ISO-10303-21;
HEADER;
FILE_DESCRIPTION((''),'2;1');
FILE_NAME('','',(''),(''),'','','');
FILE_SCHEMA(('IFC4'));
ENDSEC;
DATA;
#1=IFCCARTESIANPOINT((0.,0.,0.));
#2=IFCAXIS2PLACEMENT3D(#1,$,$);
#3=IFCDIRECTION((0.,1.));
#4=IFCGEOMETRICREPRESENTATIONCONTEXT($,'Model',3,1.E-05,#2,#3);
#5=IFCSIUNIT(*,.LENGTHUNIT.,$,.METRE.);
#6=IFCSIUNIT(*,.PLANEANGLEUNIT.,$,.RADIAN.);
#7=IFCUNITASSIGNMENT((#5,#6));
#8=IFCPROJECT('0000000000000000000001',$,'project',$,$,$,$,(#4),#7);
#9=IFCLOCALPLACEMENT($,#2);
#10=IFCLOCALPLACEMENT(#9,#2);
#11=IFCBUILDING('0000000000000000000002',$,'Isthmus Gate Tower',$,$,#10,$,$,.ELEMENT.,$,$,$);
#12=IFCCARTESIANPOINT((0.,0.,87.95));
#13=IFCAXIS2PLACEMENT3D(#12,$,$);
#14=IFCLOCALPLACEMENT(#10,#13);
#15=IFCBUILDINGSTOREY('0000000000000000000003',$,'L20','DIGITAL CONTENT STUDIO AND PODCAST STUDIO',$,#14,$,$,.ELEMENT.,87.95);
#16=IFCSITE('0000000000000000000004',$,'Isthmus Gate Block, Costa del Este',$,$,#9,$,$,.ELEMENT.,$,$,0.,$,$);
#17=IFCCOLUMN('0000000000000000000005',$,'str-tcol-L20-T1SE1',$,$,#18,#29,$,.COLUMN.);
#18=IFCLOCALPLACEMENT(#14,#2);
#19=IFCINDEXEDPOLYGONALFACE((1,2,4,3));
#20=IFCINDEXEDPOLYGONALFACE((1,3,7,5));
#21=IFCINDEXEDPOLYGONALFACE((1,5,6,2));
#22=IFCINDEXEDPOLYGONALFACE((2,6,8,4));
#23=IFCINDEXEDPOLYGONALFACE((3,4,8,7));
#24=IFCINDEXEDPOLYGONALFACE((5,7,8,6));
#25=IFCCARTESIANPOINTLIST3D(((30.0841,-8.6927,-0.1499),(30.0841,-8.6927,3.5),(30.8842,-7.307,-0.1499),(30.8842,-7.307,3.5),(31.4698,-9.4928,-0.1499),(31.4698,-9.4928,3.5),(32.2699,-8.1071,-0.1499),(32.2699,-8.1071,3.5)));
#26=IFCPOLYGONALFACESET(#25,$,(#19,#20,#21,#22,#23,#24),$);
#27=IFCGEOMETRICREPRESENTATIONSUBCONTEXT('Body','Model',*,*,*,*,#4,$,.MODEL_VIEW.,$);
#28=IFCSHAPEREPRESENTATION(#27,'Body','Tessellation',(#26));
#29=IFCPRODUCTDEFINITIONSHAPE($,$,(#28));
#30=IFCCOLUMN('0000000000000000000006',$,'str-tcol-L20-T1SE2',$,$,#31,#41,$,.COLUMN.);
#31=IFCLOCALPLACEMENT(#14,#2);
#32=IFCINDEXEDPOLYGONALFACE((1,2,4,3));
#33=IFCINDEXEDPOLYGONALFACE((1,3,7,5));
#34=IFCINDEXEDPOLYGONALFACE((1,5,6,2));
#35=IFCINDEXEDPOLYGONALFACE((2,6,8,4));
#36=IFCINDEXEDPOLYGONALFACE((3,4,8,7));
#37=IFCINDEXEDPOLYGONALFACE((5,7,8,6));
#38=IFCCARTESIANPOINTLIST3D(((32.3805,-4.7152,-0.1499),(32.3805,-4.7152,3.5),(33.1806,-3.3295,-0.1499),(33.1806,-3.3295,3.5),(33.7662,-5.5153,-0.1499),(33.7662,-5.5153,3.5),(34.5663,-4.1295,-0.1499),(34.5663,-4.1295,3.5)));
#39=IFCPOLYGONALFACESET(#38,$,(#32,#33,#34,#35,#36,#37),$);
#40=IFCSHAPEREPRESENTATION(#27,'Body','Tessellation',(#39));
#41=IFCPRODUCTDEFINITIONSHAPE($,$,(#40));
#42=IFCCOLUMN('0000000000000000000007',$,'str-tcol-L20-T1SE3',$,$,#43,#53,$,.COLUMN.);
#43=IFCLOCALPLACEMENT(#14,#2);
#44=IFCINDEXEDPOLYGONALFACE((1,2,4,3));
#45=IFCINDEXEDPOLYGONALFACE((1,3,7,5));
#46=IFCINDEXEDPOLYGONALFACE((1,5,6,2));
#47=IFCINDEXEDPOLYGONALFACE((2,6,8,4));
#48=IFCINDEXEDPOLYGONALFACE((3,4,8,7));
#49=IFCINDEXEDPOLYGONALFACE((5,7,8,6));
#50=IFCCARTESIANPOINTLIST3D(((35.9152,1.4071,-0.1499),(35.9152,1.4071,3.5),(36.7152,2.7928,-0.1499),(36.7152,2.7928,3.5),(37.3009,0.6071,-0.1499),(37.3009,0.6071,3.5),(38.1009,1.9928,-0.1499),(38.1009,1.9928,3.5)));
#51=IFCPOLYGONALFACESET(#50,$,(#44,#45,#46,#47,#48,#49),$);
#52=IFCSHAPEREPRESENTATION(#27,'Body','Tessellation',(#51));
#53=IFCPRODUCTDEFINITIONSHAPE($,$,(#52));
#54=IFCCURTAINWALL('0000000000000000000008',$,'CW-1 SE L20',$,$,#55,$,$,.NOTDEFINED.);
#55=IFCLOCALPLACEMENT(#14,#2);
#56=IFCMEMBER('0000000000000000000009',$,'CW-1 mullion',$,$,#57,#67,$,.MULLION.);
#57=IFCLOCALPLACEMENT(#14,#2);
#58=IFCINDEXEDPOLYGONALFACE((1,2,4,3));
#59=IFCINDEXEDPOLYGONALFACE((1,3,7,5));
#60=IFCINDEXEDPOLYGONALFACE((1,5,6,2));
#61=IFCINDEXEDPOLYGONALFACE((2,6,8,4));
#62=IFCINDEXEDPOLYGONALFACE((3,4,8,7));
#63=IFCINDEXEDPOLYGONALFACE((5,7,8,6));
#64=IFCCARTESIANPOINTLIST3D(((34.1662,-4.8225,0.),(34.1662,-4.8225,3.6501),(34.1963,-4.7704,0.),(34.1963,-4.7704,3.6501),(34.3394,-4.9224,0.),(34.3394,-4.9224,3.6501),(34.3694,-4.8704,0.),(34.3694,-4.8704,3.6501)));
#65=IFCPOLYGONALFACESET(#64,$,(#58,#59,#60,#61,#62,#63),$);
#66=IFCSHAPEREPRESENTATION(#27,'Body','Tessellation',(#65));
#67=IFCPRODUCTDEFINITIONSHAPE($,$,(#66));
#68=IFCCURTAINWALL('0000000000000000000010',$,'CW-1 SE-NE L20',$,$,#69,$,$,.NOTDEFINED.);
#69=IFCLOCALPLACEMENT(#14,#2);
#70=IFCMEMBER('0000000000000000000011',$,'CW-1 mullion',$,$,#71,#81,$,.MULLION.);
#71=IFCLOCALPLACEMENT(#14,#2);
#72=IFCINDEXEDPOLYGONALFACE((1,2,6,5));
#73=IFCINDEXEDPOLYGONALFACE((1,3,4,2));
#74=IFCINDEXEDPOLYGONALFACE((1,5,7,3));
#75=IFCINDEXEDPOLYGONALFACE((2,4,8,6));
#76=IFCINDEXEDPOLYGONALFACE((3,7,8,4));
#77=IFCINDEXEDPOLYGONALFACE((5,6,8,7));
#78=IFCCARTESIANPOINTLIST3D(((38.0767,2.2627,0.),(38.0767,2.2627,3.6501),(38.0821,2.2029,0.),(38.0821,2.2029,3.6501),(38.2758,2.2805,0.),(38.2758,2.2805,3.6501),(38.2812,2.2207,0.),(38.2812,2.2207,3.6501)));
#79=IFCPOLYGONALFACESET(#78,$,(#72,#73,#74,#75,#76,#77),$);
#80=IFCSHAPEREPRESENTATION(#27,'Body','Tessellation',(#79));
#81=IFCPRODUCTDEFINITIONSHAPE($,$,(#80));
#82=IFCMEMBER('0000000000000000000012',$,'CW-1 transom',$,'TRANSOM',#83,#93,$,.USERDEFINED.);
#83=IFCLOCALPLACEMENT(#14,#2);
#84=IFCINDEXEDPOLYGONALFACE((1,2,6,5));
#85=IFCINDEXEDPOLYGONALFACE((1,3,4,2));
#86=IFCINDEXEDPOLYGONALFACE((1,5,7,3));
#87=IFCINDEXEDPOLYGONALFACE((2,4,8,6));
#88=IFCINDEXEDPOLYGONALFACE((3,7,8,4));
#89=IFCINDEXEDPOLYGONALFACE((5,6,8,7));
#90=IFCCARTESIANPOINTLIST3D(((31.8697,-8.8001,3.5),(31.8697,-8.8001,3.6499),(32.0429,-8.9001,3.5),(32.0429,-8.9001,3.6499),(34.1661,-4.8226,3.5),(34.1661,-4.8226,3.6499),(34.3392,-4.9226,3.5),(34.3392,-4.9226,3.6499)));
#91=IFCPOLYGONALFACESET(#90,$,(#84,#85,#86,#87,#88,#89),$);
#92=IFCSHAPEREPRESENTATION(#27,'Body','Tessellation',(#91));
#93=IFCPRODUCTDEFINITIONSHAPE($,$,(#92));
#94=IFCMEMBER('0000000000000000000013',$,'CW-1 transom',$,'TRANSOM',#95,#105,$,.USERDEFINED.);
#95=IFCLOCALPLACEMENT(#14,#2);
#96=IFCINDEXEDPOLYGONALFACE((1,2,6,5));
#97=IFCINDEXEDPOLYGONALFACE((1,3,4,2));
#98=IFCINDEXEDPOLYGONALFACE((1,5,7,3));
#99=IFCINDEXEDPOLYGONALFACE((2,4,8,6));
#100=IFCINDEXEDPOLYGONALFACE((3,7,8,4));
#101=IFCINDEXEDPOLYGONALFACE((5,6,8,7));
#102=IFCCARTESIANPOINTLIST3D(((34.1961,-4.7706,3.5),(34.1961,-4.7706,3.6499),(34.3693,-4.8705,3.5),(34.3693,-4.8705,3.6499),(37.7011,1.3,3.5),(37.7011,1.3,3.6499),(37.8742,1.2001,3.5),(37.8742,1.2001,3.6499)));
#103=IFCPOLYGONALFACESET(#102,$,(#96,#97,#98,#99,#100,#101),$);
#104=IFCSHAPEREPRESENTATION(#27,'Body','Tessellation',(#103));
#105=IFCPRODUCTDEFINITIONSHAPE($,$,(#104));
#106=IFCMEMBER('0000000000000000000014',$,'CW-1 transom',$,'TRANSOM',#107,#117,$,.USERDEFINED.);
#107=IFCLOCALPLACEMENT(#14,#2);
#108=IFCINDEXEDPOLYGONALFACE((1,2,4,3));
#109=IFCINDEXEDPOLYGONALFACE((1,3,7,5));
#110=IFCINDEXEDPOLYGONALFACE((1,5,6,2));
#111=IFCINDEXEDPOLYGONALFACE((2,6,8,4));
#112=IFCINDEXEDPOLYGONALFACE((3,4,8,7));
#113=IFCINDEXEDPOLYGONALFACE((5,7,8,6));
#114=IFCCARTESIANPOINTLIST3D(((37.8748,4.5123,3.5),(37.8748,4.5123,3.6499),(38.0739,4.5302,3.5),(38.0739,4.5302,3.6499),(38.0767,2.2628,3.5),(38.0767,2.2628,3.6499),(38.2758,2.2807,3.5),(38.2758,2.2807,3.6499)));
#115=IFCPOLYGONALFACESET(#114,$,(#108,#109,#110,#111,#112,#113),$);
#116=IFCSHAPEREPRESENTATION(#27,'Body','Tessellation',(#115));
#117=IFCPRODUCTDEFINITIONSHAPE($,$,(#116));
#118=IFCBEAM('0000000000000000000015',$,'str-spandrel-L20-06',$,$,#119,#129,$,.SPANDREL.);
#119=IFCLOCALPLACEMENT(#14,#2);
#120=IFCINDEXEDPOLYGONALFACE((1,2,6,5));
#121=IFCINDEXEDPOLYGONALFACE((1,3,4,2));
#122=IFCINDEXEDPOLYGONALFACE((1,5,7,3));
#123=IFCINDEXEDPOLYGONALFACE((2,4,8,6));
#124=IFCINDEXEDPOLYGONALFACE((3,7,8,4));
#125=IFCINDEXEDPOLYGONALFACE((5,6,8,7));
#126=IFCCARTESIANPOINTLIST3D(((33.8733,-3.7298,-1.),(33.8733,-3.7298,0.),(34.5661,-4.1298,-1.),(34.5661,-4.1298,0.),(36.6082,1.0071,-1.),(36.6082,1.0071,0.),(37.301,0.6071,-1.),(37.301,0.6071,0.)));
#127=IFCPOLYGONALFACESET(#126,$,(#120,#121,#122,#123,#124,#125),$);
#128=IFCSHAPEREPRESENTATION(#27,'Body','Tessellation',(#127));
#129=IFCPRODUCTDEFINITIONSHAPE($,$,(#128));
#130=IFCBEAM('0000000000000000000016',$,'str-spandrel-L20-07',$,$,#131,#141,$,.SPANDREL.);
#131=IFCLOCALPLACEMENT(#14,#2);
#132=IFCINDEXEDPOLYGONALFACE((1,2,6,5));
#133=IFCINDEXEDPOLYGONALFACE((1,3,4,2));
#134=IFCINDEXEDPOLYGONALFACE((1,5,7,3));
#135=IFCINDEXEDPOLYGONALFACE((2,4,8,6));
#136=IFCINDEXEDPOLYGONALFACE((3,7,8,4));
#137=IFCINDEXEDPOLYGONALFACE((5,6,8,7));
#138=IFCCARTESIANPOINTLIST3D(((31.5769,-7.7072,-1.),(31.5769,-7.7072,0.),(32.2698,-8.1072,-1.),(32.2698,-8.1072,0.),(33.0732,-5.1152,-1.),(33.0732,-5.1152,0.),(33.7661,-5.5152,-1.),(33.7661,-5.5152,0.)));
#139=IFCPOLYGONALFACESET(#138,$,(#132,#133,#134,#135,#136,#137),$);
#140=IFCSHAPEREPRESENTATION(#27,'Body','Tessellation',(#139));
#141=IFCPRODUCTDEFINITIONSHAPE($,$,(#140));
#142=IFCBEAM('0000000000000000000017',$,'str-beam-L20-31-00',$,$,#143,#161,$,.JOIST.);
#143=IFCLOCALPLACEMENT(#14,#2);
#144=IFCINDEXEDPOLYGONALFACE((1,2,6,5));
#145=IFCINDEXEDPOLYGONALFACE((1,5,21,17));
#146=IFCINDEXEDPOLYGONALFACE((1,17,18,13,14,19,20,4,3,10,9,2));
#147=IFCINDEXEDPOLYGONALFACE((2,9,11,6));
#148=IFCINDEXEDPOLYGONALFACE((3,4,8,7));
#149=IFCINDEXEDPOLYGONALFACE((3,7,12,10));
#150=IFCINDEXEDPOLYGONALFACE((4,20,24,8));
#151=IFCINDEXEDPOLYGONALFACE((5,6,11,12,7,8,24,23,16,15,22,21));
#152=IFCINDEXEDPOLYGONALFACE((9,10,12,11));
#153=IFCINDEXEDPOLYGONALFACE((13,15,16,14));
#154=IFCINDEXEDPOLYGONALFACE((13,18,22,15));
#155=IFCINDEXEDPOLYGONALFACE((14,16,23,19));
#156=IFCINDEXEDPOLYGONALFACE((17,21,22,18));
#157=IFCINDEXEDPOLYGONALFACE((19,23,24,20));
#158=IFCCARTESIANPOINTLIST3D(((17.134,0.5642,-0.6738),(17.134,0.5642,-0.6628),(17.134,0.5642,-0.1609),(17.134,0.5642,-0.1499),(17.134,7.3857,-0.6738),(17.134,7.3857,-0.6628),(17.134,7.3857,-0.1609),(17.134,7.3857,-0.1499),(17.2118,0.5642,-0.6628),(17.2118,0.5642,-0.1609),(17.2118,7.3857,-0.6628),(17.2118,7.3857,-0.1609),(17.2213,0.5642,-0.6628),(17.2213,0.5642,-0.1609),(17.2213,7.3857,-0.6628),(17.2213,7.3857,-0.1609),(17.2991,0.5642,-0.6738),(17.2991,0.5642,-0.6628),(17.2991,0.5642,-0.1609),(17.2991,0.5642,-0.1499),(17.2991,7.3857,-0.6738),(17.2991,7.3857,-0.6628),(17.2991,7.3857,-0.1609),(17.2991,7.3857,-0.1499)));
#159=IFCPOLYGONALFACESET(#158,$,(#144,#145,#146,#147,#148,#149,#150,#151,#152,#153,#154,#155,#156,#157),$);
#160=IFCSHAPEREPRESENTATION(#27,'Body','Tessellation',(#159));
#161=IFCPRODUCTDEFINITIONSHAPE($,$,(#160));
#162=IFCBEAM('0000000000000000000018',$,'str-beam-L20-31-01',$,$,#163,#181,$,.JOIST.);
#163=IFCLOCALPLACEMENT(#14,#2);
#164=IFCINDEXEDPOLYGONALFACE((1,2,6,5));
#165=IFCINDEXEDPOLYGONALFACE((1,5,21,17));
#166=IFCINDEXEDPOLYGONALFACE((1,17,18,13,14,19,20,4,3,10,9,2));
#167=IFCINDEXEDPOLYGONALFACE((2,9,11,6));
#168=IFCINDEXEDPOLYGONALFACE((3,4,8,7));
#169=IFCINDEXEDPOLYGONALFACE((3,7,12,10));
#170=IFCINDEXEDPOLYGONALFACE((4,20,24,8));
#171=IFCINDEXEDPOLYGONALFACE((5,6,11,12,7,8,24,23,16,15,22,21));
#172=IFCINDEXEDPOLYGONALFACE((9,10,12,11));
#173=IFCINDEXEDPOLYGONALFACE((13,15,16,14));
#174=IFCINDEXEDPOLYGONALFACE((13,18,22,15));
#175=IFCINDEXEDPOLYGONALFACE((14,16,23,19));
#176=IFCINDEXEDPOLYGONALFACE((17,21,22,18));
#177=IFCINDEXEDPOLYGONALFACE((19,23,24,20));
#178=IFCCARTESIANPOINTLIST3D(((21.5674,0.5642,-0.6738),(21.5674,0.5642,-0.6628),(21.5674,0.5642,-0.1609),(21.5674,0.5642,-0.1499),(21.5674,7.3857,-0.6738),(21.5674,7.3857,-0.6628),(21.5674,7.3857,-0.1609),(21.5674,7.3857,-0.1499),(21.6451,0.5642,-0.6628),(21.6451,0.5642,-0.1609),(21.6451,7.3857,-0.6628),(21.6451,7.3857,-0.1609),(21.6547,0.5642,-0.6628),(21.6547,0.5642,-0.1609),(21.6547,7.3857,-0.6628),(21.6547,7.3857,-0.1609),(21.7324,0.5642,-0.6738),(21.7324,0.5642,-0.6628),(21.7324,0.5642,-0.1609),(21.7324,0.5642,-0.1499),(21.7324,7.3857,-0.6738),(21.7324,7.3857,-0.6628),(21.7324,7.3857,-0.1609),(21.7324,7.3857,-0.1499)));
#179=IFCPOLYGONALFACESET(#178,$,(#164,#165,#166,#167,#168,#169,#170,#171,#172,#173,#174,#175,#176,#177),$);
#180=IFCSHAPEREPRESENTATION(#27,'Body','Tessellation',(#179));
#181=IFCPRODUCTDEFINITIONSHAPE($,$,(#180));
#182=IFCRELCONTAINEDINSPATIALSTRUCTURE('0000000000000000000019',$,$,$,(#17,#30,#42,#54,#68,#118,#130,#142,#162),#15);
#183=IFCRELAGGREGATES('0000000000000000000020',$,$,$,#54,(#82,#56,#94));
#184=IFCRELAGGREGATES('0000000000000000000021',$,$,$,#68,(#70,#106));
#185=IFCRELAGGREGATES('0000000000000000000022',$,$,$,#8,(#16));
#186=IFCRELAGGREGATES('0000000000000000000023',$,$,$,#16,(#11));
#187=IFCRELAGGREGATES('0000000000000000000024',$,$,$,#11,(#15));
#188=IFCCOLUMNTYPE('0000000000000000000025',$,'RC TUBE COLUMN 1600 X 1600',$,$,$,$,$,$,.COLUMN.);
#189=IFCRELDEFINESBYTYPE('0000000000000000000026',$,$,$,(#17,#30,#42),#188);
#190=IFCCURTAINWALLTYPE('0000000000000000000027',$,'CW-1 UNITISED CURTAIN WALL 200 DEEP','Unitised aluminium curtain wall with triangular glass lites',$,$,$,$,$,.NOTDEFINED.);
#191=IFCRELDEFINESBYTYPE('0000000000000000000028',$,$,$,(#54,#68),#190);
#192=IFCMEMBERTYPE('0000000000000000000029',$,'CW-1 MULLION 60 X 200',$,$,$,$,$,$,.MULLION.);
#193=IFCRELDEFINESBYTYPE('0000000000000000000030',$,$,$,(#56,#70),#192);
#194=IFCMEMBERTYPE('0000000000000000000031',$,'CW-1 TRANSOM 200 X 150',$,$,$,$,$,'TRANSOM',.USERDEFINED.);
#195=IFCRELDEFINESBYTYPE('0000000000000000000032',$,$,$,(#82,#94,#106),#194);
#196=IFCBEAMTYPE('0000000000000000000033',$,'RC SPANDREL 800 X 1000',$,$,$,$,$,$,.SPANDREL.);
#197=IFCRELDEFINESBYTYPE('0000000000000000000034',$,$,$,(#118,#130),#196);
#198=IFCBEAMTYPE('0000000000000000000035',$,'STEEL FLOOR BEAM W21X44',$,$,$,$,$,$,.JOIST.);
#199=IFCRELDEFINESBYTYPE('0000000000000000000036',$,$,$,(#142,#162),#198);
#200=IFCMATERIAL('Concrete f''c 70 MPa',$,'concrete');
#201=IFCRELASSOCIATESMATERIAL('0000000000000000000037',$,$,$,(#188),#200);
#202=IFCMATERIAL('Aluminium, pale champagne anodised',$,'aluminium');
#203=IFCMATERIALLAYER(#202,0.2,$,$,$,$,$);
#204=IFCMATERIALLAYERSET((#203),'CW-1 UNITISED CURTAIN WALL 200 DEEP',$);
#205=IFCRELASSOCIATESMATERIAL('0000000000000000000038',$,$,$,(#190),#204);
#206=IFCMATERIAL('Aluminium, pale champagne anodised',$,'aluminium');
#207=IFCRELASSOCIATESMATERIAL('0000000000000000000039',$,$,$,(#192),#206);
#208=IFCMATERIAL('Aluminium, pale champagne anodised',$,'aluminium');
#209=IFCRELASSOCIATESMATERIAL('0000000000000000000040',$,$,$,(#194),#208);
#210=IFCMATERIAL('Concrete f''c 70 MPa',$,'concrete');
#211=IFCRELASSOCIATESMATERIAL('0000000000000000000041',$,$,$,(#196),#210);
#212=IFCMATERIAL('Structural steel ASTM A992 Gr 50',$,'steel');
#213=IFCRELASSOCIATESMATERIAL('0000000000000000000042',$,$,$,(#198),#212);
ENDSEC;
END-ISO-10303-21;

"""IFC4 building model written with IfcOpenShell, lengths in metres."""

from ifc_helpers import new_model, si_unit, direction, frame, origin, origin_2d, place, context, subcontext, project, spatial, rectangle, i_section, extrude, material, layer, layer_set, material_profile, profile_set, type_object, element, aggregate, save


model = new_model("IFC4")

# Units and contexts
model_context = context("Model", 3, precision=1e-05, world=origin(), true_north=direction((0.0, 1.0)))
body_context = subcontext(model_context, "Body", "Model", "MODEL_VIEW")
ifc_project = project(units=[si_unit("LENGTHUNIT", "METRE"), si_unit("PLANEANGLEUNIT", "RADIAN")], contexts=[model_context])

# Site, building, storey
site_placement = place(None, origin())
site = spatial("IfcSite", under=ifc_project, at=site_placement, Name="Isthmus Gate Block, Costa del Este", CompositionType="ELEMENT", RefElevation=0.0)
building_placement = place(site_placement, origin())
building = spatial("IfcBuilding", under=site, at=building_placement, Name="Isthmus Gate Tower", CompositionType="ELEMENT")
storey_placement = place(building_placement, frame((0.0, 0.0, 87.95)))
storey = spatial("IfcBuildingStorey", under=building, at=storey_placement, Name="L20", Description="DIGITAL CONTENT STUDIO AND PODCAST STUDIO", CompositionType="ELEMENT", Elevation=87.95)

# Columns
ifc_material_1 = material(Name="Concrete f'c 70 MPa", Category="concrete")
ifc_material_profile_1 = material_profile(ifc_material_1, rectangle(XDim=1.6001, YDim=1.6001, at=origin_2d()), Name="RC 1600X1600")
ifc_profile_set_1 = profile_set([ifc_material_profile_1], Name="Concrete f'c 70 MPa")
column_type = type_object("IfcColumnType", Name="RC TUBE COLUMN 1600 X 1600", PredefinedType="COLUMN", material=ifc_profile_set_1)
for number, where, z_axis, x_axis, name in (
    (1, (31.177, -8.3999, -0.1499), (0.0, 0.0, 1.0), (0.5, 0.866025, 0.0), "str-tcol-L20-T1SE1"),
    (2, (33.4734, -4.4224, -0.1499), (0.0, 0.0, 1.0), (0.5, 0.866025, 0.0), "str-tcol-L20-T1SE2"),
    (3, (37.0081, 1.7, -0.1499), (0.0, 0.0, 1.0), (0.5, 0.866025, 0.0), "str-tcol-L20-T1SE3"),
):
    element("IfcColumn", number, at=place(storey_placement, frame(where, z_axis=z_axis, x_axis=x_axis)), inside=storey, type_object=column_type, Name=name, PredefinedType="COLUMN", context=body_context, shape_type="SweptSolid", body=[
        extrude(rectangle(XDim=1.6001, YDim=1.6001, at=origin_2d()), origin(), (0.0, 0.0, 1.0), 3.6499),
    ])

# Curtain walls, members
ifc_material_2 = material(Name="Aluminium, pale champagne anodised", Category="aluminium")
ifc_layer_1 = layer(ifc_material_2, 0.2)
ifc_layer_set_1 = layer_set([ifc_layer_1], Name="CW-1 UNITISED CURTAIN WALL 200 DEEP")
curtain_wall_type = type_object("IfcCurtainWallType", Name="CW-1 UNITISED CURTAIN WALL 200 DEEP", Description="Unitised aluminium curtain wall with triangular glass lites", PredefinedType="NOTDEFINED", material=ifc_layer_set_1)
curtain_wall_1_placement = place(storey_placement, origin())
curtain_wall_1 = element("IfcCurtainWall", 4, at=curtain_wall_1_placement, inside=storey, type_object=curtain_wall_type, Name="CW-1 SE L20", PredefinedType="NOTDEFINED")
ifc_material_3 = material(Name="Aluminium, pale champagne anodised", Category="aluminium")
ifc_material_profile_2 = material_profile(ifc_material_3, rectangle(XDim=0.0601, YDim=0.2, at=origin_2d()), Name="60x200")
ifc_profile_set_2 = profile_set([ifc_material_profile_2], Name="Aluminium, pale champagne anodised")
member_type_1 = type_object("IfcMemberType", Name="CW-1 MULLION 60 X 200", PredefinedType="MULLION", material=ifc_profile_set_2)
member_1_placement = place(storey_placement, frame((34.2678, -4.8464, 0.0), z_axis=(0.0, 0.0, 1.0), x_axis=(0.5, 0.866025, 0.0)))
member_1 = element("IfcMember", 5, at=member_1_placement, type_object=member_type_1, Name="CW-1 mullion", PredefinedType="MULLION", context=body_context, shape_type="SweptSolid", body=[
    extrude(rectangle(XDim=0.0601, YDim=0.2, at=origin_2d()), origin(), (0.0, 0.0, 1.0), 3.6501),
])
curtain_wall_2_placement = place(storey_placement, origin())
curtain_wall_2 = element("IfcCurtainWall", 6, at=curtain_wall_2_placement, inside=storey, type_object=curtain_wall_type, Name="CW-1 SE-NE L20", PredefinedType="NOTDEFINED")
member_2_placement = place(storey_placement, frame((38.179, 2.2417, 0.0), z_axis=(0.0, 0.0, 1.0), x_axis=(-0.089397, 0.995996, 0.0)))
member_2 = element("IfcMember", 7, at=member_2_placement, type_object=member_type_1, Name="CW-1 mullion", PredefinedType="MULLION", context=body_context, shape_type="SweptSolid", body=[
    extrude(rectangle(XDim=0.0601, YDim=0.2, at=origin_2d()), origin(), (0.0, 0.0, 1.0), 3.6501),
])

# Members
ifc_material_4 = material(Name="Aluminium, pale champagne anodised", Category="aluminium")
ifc_material_profile_3 = material_profile(ifc_material_4, rectangle(XDim=0.2, YDim=0.1499, at=origin_2d()), Name="200x150")
ifc_profile_set_3 = profile_set([ifc_material_profile_3], Name="Aluminium, pale champagne anodised")
member_type_2 = type_object("IfcMemberType", Name="CW-1 TRANSOM 200 X 150", ElementType="TRANSOM", PredefinedType="USERDEFINED", material=ifc_profile_set_3)
member_3_placement = place(storey_placement, frame((31.9563, -8.8501, 3.575), z_axis=(0.499992, 0.86603, 0.0), x_axis=(-0.86603, 0.499992, 0.0)))
member_3 = element("IfcMember", 8, at=member_3_placement, type_object=member_type_2, Name="CW-1 transom", ObjectType="TRANSOM", PredefinedType="USERDEFINED", context=body_context, shape_type="SweptSolid", body=[
    extrude(rectangle(XDim=0.2, YDim=0.1499, at=origin_2d()), origin(), (0.0, 0.0, 1.0), 4.5928),
])
member_4_placement = place(storey_placement, frame((34.2827, -4.8206, 3.575), z_axis=(0.500005, 0.866023, 0.0), x_axis=(-0.866023, 0.500005, 0.0)))
member_4 = element("IfcMember", 9, at=member_4_placement, type_object=member_type_2, Name="CW-1 transom", ObjectType="TRANSOM", PredefinedType="USERDEFINED", context=body_context, shape_type="SweptSolid", body=[
    extrude(rectangle(XDim=0.2, YDim=0.1499, at=origin_2d()), origin(), (0.0, 0.0, 1.0), 7.0098),
])
member_5_placement = place(storey_placement, frame((38.1763, 2.2717, 3.575), z_axis=(-0.089395, 0.995996, 0.0), x_axis=(-0.995996, -0.089395, 0.0)))
member_5 = element("IfcMember", 10, at=member_5_placement, type_object=member_type_2, Name="CW-1 transom", ObjectType="TRANSOM", PredefinedType="USERDEFINED", context=body_context, shape_type="SweptSolid", body=[
    extrude(rectangle(XDim=0.2, YDim=0.1499, at=origin_2d()), origin(), (0.0, 0.0, 1.0), 2.2585),
])

# Beams
ifc_material_5 = material(Name="Concrete f'c 70 MPa", Category="concrete")
ifc_material_profile_4 = material_profile(ifc_material_5, rectangle(XDim=0.8, YDim=1.0, at=origin_2d()), Name="RC 800X1000")
ifc_profile_set_4 = profile_set([ifc_material_profile_4], Name="Concrete f'c 70 MPa")
beam_type_1 = type_object("IfcBeamType", Name="RC SPANDREL 800 X 1000", PredefinedType="SPANDREL", material=ifc_profile_set_4)
beam_1_placement = place(storey_placement, frame((36.9546, 0.8071, -0.5), z_axis=(-0.500008, -0.866021, 0.0), x_axis=(0.866021, -0.500008, 0.0)))
element("IfcBeam", 11, at=beam_1_placement, inside=storey, type_object=beam_type_1, Name="str-spandrel-L20-06", PredefinedType="SPANDREL", context=body_context, shape_type="SweptSolid", body=[
    extrude(rectangle(XDim=0.8, YDim=1.0, at=origin_2d()), origin(), (0.0, 0.0, 1.0), 5.4697),
])
beam_2_placement = place(storey_placement, frame((33.4197, -5.3152, -0.5), z_axis=(-0.499955, -0.866051, 0.0), x_axis=(0.866051, -0.499955, 0.0)))
element("IfcBeam", 12, at=beam_2_placement, inside=storey, type_object=beam_type_1, Name="str-spandrel-L20-07", PredefinedType="SPANDREL", context=body_context, shape_type="SweptSolid", body=[
    extrude(rectangle(XDim=0.8, YDim=1.0, at=origin_2d()), origin(), (0.0, 0.0, 1.0), 2.9929),
])
ifc_material_6 = material(Name="Structural steel ASTM A992 Gr 50", Category="steel")
ifc_material_profile_5 = material_profile(ifc_material_6, i_section(OverallWidth=0.165, OverallDepth=0.5239, WebThickness=0.0095, FlangeThickness=0.011, at=origin_2d()), Name="W21X44")
ifc_profile_set_5 = profile_set([ifc_material_profile_5], Name="Structural steel ASTM A992 Gr 50")
beam_type_2 = type_object("IfcBeamType", Name="STEEL FLOOR BEAM W21X44", PredefinedType="JOIST", material=ifc_profile_set_5)
for number, where, z_axis, x_axis, name in (
    (13, (17.2166, 0.5642, -0.4119), (0.0, 1.0, 0.0), (-1.0, 0.0, 0.0), "str-beam-L20-31-00"),
    (14, (21.6499, 0.5642, -0.4119), (0.0, 1.0, 0.0), (-1.0, 0.0, 0.0), "str-beam-L20-31-01"),
):
    element("IfcBeam", number, at=place(storey_placement, frame(where, z_axis=z_axis, x_axis=x_axis)), inside=storey, type_object=beam_type_2, Name=name, PredefinedType="JOIST", context=body_context, shape_type="SweptSolid", body=[
        extrude(i_section(OverallWidth=0.165, OverallDepth=0.5239, WebThickness=0.0095, FlangeThickness=0.011, at=origin_2d()), origin(), (0.0, 0.0, 1.0), 6.8215),
    ])

aggregate(curtain_wall_1, [member_3, member_1, member_4])
aggregate(curtain_wall_2, [member_2, member_5])

save(model, "model.ifc")
